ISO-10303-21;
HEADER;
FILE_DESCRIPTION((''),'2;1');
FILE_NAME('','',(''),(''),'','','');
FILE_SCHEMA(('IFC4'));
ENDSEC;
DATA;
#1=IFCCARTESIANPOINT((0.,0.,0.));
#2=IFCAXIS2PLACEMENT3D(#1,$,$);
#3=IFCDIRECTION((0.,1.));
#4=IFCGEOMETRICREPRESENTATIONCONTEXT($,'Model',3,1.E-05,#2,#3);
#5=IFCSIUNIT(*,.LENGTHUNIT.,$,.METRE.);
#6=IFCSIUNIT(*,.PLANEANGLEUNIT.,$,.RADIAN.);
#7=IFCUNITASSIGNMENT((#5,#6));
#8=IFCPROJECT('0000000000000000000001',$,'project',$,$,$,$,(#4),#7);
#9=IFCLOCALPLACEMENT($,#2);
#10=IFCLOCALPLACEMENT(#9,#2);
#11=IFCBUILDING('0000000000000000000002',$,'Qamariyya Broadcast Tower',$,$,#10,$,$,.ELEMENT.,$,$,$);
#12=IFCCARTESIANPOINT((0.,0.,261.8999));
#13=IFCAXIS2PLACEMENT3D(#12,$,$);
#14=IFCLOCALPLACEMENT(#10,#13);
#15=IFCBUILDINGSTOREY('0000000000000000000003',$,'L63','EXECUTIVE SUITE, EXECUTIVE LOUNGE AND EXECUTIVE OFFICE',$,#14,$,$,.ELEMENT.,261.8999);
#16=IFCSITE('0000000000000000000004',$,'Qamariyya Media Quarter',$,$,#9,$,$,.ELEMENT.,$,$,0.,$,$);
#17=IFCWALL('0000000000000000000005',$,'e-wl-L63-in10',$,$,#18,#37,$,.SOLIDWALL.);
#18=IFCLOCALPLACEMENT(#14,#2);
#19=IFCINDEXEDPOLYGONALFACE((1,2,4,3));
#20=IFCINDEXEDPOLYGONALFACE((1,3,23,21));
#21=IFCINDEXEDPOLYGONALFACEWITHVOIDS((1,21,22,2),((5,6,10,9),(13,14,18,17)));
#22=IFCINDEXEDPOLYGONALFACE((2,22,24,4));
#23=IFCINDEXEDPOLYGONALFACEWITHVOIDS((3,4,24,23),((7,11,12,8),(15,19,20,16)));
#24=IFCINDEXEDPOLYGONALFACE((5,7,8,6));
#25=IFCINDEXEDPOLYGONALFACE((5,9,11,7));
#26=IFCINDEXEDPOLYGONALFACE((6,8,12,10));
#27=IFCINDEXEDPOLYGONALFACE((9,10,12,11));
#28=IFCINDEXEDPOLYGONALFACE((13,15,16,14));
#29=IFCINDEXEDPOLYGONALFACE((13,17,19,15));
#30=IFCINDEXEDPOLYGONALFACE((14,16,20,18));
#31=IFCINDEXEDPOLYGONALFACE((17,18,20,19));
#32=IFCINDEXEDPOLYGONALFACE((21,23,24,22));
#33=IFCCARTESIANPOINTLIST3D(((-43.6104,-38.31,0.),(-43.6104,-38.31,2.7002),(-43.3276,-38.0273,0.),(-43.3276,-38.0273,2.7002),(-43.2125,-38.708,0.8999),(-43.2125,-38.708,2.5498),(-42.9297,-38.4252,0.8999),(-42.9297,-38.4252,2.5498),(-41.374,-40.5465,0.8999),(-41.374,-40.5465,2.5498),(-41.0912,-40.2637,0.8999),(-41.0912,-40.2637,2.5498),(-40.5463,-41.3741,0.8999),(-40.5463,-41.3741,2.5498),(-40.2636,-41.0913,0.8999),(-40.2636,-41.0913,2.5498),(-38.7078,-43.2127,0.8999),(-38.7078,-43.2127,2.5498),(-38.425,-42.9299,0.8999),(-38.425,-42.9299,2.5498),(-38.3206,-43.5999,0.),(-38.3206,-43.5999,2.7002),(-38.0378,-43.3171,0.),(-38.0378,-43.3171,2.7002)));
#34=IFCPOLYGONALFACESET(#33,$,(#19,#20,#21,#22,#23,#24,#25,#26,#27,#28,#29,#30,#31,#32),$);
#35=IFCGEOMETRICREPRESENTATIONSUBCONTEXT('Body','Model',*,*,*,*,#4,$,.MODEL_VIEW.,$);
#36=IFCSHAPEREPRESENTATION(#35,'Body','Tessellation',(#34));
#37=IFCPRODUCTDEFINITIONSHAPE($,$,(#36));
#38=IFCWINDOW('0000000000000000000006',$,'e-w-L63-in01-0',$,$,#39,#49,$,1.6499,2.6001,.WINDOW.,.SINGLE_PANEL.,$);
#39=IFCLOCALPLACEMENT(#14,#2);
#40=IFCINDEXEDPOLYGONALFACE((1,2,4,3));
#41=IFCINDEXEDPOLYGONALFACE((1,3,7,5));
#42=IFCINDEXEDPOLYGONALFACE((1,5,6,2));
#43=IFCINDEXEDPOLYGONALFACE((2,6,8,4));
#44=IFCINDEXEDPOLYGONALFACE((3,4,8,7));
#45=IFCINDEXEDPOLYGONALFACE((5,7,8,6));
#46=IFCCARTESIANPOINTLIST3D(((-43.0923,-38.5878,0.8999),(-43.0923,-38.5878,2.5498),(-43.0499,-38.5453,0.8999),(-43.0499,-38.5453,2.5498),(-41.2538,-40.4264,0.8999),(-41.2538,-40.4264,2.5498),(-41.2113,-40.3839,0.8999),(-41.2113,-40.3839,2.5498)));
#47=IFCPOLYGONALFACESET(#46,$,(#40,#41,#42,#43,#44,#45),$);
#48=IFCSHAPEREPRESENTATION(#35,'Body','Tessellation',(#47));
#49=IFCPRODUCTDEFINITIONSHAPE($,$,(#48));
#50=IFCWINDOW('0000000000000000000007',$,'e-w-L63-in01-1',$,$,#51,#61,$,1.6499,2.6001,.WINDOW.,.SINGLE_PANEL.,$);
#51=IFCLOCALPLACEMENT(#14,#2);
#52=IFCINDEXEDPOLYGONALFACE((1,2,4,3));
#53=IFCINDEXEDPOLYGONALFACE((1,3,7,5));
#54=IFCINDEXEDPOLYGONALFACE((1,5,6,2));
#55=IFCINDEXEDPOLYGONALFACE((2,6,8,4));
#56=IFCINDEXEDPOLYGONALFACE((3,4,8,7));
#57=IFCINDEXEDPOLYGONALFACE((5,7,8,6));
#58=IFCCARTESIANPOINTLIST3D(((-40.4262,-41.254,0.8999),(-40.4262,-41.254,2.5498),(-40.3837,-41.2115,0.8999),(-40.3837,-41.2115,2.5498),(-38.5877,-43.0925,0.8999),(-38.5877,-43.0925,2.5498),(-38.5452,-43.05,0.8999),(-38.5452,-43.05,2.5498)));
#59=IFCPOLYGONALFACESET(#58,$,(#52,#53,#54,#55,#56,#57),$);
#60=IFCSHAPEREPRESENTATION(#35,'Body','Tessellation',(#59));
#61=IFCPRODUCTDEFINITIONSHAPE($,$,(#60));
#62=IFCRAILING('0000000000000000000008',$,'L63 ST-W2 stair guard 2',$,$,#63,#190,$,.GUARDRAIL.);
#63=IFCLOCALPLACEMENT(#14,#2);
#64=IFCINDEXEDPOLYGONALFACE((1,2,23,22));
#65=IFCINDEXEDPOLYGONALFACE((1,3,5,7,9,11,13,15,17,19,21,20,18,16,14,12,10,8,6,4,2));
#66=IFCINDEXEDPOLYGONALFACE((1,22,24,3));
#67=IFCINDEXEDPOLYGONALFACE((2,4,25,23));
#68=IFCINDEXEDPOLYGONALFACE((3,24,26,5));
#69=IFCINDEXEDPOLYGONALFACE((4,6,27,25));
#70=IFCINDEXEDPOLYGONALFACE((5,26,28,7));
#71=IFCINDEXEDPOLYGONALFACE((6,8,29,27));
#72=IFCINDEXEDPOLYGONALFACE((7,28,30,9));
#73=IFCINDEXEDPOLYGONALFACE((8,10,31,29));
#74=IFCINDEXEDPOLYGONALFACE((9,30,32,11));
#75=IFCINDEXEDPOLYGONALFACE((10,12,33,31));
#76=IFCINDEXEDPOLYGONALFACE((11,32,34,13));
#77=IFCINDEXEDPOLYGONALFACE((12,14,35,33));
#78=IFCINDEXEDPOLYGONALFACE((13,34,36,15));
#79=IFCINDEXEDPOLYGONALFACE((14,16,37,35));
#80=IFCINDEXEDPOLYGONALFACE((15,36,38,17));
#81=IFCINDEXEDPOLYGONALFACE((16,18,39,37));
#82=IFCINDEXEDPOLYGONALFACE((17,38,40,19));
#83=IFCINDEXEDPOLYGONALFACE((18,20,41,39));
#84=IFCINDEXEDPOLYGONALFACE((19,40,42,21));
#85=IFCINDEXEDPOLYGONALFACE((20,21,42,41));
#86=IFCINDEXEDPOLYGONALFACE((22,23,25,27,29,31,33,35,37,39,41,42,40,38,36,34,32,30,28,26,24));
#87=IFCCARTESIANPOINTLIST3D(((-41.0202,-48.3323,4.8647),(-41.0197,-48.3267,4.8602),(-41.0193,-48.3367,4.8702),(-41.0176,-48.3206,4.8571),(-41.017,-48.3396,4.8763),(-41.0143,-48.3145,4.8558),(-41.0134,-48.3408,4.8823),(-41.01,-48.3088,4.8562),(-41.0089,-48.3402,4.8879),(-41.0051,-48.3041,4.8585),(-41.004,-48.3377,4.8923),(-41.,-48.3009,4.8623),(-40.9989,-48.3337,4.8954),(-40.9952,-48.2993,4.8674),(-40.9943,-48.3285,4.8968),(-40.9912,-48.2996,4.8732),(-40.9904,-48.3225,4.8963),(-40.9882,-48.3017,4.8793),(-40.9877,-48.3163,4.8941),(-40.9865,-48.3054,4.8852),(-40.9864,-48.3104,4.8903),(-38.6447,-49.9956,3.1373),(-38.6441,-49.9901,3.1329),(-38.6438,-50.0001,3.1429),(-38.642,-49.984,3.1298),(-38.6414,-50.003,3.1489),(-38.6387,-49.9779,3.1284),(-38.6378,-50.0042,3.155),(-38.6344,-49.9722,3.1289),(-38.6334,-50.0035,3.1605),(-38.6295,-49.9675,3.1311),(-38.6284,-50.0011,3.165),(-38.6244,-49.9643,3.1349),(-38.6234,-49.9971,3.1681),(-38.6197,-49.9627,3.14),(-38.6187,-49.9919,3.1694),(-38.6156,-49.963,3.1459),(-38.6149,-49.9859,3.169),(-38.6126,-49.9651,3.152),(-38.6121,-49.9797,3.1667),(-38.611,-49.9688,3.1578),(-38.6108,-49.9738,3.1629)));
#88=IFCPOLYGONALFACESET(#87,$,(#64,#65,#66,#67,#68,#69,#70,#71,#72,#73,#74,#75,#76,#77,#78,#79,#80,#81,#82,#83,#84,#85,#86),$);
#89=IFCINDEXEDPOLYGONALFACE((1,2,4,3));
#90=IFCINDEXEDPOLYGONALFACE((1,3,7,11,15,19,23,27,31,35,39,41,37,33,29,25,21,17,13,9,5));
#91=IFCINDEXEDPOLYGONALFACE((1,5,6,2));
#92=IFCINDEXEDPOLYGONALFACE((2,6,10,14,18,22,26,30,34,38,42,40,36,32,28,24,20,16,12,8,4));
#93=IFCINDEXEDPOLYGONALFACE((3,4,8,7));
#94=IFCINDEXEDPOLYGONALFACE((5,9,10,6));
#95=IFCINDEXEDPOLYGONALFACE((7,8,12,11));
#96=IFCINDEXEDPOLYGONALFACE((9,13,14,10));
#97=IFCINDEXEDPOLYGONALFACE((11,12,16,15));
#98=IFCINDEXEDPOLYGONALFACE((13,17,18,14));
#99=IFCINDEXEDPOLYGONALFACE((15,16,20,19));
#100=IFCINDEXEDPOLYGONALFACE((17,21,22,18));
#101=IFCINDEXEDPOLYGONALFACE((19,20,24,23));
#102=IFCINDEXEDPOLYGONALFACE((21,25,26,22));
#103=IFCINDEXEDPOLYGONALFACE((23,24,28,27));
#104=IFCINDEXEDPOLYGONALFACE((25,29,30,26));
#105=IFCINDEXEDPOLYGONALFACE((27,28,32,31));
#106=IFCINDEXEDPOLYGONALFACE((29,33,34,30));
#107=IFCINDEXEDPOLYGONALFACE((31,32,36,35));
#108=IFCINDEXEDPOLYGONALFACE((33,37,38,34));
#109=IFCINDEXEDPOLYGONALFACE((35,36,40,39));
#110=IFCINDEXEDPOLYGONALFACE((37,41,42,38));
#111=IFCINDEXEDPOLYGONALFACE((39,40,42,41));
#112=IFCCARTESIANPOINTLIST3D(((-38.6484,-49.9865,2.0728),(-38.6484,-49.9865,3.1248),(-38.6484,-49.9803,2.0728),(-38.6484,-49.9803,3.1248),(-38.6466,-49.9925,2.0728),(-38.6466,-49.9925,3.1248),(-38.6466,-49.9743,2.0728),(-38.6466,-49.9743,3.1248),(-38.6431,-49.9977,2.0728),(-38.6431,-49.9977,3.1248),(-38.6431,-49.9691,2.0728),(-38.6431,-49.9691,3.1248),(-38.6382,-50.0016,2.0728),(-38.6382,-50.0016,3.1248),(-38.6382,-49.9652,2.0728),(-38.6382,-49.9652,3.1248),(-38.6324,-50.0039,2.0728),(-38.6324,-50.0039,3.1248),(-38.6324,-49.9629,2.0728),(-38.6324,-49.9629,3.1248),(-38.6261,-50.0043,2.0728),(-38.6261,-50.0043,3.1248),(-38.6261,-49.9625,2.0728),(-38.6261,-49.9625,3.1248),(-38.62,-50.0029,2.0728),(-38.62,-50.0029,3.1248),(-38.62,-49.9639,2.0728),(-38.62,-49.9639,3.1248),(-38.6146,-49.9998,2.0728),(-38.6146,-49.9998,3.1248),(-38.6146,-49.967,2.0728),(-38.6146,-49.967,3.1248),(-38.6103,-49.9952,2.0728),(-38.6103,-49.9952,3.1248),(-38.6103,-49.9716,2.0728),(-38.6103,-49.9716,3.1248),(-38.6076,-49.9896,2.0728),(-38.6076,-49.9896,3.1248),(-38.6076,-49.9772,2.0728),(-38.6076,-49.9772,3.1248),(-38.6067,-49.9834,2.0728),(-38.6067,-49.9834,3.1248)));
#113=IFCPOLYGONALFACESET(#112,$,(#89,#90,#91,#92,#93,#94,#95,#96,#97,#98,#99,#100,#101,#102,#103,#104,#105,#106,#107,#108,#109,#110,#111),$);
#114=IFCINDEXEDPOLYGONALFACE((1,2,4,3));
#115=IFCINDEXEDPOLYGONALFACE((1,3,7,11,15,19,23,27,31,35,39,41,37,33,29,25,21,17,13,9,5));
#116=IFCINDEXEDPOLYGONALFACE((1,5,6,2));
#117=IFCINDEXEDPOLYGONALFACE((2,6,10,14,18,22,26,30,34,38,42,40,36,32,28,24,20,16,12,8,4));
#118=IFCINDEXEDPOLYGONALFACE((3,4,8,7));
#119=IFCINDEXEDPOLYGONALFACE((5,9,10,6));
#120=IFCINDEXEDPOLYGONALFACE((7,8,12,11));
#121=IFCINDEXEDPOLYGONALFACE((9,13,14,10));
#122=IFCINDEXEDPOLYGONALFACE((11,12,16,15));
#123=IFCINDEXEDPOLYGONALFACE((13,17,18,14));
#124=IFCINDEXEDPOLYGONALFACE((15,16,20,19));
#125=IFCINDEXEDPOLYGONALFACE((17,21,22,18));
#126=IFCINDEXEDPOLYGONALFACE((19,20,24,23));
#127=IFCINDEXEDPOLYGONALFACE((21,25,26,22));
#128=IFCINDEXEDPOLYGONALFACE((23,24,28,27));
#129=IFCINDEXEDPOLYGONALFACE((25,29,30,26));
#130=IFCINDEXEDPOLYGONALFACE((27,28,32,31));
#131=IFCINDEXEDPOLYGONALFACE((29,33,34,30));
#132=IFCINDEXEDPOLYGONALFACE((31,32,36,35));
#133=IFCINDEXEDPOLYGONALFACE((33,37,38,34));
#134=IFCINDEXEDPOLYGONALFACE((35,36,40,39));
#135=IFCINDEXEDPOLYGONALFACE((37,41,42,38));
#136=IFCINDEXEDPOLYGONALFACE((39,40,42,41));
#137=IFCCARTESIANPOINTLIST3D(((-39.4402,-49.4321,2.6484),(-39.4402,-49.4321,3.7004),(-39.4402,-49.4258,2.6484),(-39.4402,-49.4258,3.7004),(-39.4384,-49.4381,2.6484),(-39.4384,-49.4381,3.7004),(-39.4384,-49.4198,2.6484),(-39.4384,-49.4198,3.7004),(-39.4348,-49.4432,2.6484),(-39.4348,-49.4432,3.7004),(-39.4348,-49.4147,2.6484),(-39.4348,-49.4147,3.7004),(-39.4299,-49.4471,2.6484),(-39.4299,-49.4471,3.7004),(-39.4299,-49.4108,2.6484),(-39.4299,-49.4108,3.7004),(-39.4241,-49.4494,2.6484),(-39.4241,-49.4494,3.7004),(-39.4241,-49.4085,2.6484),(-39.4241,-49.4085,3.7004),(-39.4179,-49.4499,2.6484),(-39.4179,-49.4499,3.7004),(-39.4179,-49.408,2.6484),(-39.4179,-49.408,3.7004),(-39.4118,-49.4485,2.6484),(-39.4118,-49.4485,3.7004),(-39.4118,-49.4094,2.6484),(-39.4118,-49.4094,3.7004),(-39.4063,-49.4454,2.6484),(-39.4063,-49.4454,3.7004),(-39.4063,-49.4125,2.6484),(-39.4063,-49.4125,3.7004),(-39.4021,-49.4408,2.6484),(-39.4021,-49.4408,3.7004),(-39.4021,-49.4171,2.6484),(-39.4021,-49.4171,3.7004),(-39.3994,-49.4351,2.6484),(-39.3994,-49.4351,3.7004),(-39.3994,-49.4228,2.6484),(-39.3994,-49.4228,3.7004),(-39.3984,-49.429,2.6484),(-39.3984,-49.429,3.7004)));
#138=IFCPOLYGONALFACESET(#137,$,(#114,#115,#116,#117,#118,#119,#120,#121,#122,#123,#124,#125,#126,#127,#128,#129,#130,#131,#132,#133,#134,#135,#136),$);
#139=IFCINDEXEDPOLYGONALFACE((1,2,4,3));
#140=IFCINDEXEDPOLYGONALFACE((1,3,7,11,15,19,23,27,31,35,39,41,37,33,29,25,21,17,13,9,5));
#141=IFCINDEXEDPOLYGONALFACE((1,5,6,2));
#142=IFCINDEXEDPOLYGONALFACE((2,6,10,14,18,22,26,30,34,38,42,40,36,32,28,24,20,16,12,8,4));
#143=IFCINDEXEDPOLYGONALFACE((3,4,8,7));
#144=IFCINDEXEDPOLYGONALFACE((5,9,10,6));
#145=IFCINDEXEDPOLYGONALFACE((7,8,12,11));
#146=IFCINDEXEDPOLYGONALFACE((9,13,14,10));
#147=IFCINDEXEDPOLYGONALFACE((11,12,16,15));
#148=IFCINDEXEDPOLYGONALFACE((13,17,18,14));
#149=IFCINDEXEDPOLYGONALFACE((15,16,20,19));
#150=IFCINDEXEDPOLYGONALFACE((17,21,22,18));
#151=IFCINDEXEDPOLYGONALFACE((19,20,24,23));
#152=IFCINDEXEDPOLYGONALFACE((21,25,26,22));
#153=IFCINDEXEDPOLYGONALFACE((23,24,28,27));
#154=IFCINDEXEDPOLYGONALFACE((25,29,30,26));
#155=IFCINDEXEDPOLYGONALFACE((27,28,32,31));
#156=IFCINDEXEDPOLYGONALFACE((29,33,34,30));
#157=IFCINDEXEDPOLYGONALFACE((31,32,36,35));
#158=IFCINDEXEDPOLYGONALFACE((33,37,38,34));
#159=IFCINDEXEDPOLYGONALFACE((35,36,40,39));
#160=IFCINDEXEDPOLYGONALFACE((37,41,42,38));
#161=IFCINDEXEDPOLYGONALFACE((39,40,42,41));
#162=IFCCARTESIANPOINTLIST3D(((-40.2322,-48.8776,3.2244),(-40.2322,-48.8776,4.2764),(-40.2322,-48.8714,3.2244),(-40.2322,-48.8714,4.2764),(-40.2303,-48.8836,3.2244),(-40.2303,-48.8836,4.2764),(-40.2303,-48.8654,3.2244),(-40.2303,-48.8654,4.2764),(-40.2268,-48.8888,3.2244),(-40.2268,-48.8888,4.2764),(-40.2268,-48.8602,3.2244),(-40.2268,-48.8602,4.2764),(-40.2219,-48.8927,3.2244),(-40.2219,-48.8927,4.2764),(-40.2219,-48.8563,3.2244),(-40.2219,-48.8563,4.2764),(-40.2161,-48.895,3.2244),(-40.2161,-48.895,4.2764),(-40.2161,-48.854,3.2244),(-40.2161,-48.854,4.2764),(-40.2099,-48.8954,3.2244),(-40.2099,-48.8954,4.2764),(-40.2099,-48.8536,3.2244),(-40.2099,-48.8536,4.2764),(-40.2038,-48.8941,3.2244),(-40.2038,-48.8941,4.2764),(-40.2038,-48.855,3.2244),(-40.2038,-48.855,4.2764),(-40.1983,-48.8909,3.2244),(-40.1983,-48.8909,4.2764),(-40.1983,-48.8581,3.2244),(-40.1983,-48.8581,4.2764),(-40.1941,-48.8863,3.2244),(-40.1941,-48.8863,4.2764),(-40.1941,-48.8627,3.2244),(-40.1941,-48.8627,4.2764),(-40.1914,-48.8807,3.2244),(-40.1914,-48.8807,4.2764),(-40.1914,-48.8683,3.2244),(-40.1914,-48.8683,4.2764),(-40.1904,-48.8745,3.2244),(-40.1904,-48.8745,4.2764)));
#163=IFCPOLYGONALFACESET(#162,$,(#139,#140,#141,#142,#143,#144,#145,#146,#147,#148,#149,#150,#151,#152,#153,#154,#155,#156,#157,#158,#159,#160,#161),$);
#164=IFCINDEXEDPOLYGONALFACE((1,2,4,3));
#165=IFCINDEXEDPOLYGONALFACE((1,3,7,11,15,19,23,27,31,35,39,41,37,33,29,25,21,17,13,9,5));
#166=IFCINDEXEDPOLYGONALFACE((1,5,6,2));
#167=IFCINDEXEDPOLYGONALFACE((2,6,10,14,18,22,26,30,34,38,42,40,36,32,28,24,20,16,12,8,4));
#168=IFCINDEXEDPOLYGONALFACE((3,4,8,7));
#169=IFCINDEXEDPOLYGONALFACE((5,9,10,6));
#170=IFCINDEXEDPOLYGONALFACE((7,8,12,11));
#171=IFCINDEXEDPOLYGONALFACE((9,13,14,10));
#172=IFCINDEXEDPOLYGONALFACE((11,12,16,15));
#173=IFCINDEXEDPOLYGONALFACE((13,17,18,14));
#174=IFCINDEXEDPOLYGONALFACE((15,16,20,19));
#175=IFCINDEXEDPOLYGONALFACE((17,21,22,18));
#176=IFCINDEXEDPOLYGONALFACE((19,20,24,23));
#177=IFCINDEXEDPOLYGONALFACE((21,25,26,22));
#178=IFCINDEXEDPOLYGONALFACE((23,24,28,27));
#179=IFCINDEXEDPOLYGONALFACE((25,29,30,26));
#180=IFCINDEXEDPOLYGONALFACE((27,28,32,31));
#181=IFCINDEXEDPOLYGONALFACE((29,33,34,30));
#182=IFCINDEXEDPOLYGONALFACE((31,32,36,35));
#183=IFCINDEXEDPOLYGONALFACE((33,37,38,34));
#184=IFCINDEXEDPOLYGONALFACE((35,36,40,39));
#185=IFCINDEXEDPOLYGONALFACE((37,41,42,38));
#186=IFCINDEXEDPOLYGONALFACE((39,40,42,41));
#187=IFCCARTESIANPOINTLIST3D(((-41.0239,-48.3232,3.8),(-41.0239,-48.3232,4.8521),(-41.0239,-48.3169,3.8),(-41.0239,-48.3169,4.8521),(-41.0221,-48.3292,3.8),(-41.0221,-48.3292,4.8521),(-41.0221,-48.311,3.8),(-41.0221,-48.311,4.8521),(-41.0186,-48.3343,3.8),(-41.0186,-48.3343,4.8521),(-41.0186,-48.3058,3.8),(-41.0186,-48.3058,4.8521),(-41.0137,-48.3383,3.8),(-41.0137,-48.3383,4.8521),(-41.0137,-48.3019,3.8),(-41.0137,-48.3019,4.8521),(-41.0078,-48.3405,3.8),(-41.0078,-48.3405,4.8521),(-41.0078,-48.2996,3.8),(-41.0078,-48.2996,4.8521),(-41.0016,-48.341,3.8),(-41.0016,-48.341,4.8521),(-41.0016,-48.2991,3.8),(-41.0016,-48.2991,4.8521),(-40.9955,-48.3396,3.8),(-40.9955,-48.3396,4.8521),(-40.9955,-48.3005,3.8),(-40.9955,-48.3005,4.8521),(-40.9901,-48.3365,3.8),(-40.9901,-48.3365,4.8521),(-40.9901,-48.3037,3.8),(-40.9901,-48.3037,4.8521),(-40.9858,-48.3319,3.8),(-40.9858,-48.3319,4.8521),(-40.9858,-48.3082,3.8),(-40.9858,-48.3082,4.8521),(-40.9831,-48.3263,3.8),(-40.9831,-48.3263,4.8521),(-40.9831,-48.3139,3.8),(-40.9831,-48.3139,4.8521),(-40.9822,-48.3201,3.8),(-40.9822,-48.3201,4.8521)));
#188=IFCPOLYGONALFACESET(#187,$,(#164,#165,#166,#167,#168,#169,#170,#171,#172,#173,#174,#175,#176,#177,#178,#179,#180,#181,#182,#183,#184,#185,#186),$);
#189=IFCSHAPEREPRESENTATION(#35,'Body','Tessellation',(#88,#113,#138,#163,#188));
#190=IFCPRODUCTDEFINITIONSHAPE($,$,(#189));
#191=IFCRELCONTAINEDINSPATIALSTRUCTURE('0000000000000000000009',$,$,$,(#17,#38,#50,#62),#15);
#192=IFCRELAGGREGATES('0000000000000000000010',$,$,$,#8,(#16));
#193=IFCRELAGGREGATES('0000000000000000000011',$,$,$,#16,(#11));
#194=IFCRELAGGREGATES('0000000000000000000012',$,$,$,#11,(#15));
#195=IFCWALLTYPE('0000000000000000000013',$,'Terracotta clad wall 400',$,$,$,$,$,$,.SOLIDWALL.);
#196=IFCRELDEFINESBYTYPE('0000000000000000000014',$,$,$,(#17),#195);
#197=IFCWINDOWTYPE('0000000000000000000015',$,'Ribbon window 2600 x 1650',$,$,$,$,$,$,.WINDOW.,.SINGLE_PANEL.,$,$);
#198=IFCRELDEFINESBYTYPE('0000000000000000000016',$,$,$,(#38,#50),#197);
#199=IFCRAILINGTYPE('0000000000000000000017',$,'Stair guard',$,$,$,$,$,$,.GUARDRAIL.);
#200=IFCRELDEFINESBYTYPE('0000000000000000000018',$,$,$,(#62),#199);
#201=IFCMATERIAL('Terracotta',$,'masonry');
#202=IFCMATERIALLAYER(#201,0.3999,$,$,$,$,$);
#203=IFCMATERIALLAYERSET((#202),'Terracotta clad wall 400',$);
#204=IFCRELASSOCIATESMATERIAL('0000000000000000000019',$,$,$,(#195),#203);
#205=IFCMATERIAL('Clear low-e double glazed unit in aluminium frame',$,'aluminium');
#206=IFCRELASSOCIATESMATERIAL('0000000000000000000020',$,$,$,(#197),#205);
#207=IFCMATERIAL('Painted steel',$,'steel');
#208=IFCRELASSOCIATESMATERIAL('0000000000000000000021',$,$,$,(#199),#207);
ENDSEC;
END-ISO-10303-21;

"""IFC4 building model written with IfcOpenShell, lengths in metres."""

from ifc_helpers import new_model, si_unit, direction, frame, frame_2d, origin, origin_2d, place, context, subcontext, project, spatial, rectangle, circle, extrude, material, layer, layer_set, type_object, element, fill, save


model = new_model("IFC4")

# Units and contexts
model_context = context("Model", 3, precision=1e-05, world=origin(), true_north=direction((0.0, 1.0)))
body_context = subcontext(model_context, "Body", "Model", "MODEL_VIEW")
ifc_project = project(units=[si_unit("LENGTHUNIT", "METRE"), si_unit("PLANEANGLEUNIT", "RADIAN")], contexts=[model_context])

# Site, building, storey
site_placement = place(None, origin())
site = spatial("IfcSite", under=ifc_project, at=site_placement, Name="Qamariyya Media Quarter", CompositionType="ELEMENT", RefElevation=0.0)
building_placement = place(site_placement, origin())
building = spatial("IfcBuilding", under=site, at=building_placement, Name="Qamariyya Broadcast Tower", CompositionType="ELEMENT")
storey_placement = place(building_placement, frame((0.0, 0.0, 261.8999)))
storey = spatial("IfcBuildingStorey", under=building, at=storey_placement, Name="L63", Description="EXECUTIVE SUITE, EXECUTIVE LOUNGE AND EXECUTIVE OFFICE", CompositionType="ELEMENT", Elevation=261.8999)

# Wall, openings, windows
ifc_material_1 = material(Name="Terracotta", Category="masonry")
ifc_layer_1 = layer(ifc_material_1, 0.3999)
ifc_layer_set_1 = layer_set([ifc_layer_1], Name="Terracotta clad wall 400")
wall_type_1 = type_object("IfcWallType", Name="Terracotta clad wall 400", PredefinedType="SOLIDWALL", material=ifc_layer_set_1)
wall_1_placement = place(storey_placement, frame((-38.1792, -43.4585, 0.0), z_axis=(0.0, 0.0, 1.0), x_axis=(-0.707107, 0.707107, 0.0)))
wall_1 = element("IfcWall", 1, at=wall_1_placement, inside=storey, type_object=wall_type_1, Name="e-wl-L63-in10", PredefinedType="SOLIDWALL", context=body_context, shape_type="SweptSolid", body=[
    extrude(rectangle(XDim=7.481, YDim=0.3999, at=frame_2d((3.7405, 0.0))), origin(), (0.0, 0.0, 1.0), 2.7002),
])
opening_1_placement = place(wall_1_placement, frame((4.3181, 0.0, 0.8999)))
opening_1 = element("IfcOpeningElement", 2, at=opening_1_placement, cuts=wall_1, PredefinedType="OPENING", context=body_context, shape_type="SweptSolid", body=[
    extrude(rectangle(XDim=2.6001, YDim=1.6499, at=frame_2d((1.3, 0.825))), frame((0.0, 0.21, 0.0), z_axis=(0.0, -1.0, 0.0), x_axis=(1.0, 0.0, 0.0)), (0.0, 0.0, 1.0), 0.4199),
])
opening_2_placement = place(wall_1_placement, frame((0.5476, 0.0, 0.8999)))
opening_2 = element("IfcOpeningElement", 3, at=opening_2_placement, cuts=wall_1, PredefinedType="OPENING", context=body_context, shape_type="SweptSolid", body=[
    extrude(rectangle(XDim=2.6001, YDim=1.6499, at=frame_2d((1.3, 0.825))), frame((0.0, 0.21, 0.0), z_axis=(0.0, -1.0, 0.0), x_axis=(1.0, 0.0, 0.0)), (0.0, 0.0, 1.0), 0.4199),
])
ifc_material_2 = material(Name="Clear low-e double glazed unit in aluminium frame", Category="aluminium")
window_type = type_object("IfcWindowType", Name="Ribbon window 2600 x 1650", PartitioningType="SINGLE_PANEL", PredefinedType="WINDOW", material=ifc_material_2)
window_1_placement = place(opening_1_placement, origin())
window_1 = element("IfcWindow", 4, at=window_1_placement, inside=storey, type_object=window_type, Name="e-w-L63-in01-0", OverallHeight=1.6499, OverallWidth=2.6001, PartitioningType="SINGLE_PANEL", PredefinedType="WINDOW", context=body_context, shape_type="SweptSolid", body=[
    extrude(rectangle(XDim=2.6001, YDim=1.6499, at=frame_2d((1.3, 0.825))), frame((0.0, 0.03, 0.0), z_axis=(0.0, -1.0, 0.0), x_axis=(1.0, 0.0, 0.0)), (0.0, 0.0, 1.0), 0.0601),
])
fill(opening_1, window_1)
window_2_placement = place(opening_2_placement, origin())
window_2 = element("IfcWindow", 5, at=window_2_placement, inside=storey, type_object=window_type, Name="e-w-L63-in01-1", OverallHeight=1.6499, OverallWidth=2.6001, PartitioningType="SINGLE_PANEL", PredefinedType="WINDOW", context=body_context, shape_type="SweptSolid", body=[
    extrude(rectangle(XDim=2.6001, YDim=1.6499, at=frame_2d((1.3, 0.825))), frame((0.0, 0.03, 0.0), z_axis=(0.0, -1.0, 0.0), x_axis=(1.0, 0.0, 0.0)), (0.0, 0.0, 1.0), 0.0601),
])
fill(opening_2, window_2)

# Railing
ifc_material_3 = material(Name="Painted steel", Category="steel")
railing_type_1 = type_object("IfcRailingType", Name="Stair guard", PredefinedType="GUARDRAIL", material=ifc_material_3)
railing_1_placement = place(storey_placement, frame((-38.6277, -49.9834, 2.0728)))
element("IfcRailing", 6, at=railing_1_placement, inside=storey, type_object=railing_type_1, Name="L63 ST-W2 stair guard 2", PredefinedType="GUARDRAIL", context=body_context, shape_type="SweptSolid", body=[
    extrude(circle(Radius=0.0239, at=origin_2d()), frame((0.0, 0.0, 1.0762), z_axis=(-0.70377, 0.492784, 0.511734), x_axis=(-0.573575, -0.819153, 0.0)), (0.0, 0.0, 1.0), 3.3755),
    extrude(circle(Radius=0.021, at=origin_2d()), origin(), (0.0, 0.0, 1.0), 1.052),
    extrude(circle(Radius=0.021, at=origin_2d()), frame((-0.7917, 0.5544, 0.5757)), (0.0, 0.0, 1.0), 1.052),
    extrude(circle(Radius=0.021, at=origin_2d()), frame((-1.5837, 1.1089, 1.1516)), (0.0, 0.0, 1.0), 1.052),
    extrude(circle(Radius=0.021, at=origin_2d()), frame((-2.3755, 1.6633, 1.7273)), (0.0, 0.0, 1.0), 1.052),
])

save(model, "model.ifc")
